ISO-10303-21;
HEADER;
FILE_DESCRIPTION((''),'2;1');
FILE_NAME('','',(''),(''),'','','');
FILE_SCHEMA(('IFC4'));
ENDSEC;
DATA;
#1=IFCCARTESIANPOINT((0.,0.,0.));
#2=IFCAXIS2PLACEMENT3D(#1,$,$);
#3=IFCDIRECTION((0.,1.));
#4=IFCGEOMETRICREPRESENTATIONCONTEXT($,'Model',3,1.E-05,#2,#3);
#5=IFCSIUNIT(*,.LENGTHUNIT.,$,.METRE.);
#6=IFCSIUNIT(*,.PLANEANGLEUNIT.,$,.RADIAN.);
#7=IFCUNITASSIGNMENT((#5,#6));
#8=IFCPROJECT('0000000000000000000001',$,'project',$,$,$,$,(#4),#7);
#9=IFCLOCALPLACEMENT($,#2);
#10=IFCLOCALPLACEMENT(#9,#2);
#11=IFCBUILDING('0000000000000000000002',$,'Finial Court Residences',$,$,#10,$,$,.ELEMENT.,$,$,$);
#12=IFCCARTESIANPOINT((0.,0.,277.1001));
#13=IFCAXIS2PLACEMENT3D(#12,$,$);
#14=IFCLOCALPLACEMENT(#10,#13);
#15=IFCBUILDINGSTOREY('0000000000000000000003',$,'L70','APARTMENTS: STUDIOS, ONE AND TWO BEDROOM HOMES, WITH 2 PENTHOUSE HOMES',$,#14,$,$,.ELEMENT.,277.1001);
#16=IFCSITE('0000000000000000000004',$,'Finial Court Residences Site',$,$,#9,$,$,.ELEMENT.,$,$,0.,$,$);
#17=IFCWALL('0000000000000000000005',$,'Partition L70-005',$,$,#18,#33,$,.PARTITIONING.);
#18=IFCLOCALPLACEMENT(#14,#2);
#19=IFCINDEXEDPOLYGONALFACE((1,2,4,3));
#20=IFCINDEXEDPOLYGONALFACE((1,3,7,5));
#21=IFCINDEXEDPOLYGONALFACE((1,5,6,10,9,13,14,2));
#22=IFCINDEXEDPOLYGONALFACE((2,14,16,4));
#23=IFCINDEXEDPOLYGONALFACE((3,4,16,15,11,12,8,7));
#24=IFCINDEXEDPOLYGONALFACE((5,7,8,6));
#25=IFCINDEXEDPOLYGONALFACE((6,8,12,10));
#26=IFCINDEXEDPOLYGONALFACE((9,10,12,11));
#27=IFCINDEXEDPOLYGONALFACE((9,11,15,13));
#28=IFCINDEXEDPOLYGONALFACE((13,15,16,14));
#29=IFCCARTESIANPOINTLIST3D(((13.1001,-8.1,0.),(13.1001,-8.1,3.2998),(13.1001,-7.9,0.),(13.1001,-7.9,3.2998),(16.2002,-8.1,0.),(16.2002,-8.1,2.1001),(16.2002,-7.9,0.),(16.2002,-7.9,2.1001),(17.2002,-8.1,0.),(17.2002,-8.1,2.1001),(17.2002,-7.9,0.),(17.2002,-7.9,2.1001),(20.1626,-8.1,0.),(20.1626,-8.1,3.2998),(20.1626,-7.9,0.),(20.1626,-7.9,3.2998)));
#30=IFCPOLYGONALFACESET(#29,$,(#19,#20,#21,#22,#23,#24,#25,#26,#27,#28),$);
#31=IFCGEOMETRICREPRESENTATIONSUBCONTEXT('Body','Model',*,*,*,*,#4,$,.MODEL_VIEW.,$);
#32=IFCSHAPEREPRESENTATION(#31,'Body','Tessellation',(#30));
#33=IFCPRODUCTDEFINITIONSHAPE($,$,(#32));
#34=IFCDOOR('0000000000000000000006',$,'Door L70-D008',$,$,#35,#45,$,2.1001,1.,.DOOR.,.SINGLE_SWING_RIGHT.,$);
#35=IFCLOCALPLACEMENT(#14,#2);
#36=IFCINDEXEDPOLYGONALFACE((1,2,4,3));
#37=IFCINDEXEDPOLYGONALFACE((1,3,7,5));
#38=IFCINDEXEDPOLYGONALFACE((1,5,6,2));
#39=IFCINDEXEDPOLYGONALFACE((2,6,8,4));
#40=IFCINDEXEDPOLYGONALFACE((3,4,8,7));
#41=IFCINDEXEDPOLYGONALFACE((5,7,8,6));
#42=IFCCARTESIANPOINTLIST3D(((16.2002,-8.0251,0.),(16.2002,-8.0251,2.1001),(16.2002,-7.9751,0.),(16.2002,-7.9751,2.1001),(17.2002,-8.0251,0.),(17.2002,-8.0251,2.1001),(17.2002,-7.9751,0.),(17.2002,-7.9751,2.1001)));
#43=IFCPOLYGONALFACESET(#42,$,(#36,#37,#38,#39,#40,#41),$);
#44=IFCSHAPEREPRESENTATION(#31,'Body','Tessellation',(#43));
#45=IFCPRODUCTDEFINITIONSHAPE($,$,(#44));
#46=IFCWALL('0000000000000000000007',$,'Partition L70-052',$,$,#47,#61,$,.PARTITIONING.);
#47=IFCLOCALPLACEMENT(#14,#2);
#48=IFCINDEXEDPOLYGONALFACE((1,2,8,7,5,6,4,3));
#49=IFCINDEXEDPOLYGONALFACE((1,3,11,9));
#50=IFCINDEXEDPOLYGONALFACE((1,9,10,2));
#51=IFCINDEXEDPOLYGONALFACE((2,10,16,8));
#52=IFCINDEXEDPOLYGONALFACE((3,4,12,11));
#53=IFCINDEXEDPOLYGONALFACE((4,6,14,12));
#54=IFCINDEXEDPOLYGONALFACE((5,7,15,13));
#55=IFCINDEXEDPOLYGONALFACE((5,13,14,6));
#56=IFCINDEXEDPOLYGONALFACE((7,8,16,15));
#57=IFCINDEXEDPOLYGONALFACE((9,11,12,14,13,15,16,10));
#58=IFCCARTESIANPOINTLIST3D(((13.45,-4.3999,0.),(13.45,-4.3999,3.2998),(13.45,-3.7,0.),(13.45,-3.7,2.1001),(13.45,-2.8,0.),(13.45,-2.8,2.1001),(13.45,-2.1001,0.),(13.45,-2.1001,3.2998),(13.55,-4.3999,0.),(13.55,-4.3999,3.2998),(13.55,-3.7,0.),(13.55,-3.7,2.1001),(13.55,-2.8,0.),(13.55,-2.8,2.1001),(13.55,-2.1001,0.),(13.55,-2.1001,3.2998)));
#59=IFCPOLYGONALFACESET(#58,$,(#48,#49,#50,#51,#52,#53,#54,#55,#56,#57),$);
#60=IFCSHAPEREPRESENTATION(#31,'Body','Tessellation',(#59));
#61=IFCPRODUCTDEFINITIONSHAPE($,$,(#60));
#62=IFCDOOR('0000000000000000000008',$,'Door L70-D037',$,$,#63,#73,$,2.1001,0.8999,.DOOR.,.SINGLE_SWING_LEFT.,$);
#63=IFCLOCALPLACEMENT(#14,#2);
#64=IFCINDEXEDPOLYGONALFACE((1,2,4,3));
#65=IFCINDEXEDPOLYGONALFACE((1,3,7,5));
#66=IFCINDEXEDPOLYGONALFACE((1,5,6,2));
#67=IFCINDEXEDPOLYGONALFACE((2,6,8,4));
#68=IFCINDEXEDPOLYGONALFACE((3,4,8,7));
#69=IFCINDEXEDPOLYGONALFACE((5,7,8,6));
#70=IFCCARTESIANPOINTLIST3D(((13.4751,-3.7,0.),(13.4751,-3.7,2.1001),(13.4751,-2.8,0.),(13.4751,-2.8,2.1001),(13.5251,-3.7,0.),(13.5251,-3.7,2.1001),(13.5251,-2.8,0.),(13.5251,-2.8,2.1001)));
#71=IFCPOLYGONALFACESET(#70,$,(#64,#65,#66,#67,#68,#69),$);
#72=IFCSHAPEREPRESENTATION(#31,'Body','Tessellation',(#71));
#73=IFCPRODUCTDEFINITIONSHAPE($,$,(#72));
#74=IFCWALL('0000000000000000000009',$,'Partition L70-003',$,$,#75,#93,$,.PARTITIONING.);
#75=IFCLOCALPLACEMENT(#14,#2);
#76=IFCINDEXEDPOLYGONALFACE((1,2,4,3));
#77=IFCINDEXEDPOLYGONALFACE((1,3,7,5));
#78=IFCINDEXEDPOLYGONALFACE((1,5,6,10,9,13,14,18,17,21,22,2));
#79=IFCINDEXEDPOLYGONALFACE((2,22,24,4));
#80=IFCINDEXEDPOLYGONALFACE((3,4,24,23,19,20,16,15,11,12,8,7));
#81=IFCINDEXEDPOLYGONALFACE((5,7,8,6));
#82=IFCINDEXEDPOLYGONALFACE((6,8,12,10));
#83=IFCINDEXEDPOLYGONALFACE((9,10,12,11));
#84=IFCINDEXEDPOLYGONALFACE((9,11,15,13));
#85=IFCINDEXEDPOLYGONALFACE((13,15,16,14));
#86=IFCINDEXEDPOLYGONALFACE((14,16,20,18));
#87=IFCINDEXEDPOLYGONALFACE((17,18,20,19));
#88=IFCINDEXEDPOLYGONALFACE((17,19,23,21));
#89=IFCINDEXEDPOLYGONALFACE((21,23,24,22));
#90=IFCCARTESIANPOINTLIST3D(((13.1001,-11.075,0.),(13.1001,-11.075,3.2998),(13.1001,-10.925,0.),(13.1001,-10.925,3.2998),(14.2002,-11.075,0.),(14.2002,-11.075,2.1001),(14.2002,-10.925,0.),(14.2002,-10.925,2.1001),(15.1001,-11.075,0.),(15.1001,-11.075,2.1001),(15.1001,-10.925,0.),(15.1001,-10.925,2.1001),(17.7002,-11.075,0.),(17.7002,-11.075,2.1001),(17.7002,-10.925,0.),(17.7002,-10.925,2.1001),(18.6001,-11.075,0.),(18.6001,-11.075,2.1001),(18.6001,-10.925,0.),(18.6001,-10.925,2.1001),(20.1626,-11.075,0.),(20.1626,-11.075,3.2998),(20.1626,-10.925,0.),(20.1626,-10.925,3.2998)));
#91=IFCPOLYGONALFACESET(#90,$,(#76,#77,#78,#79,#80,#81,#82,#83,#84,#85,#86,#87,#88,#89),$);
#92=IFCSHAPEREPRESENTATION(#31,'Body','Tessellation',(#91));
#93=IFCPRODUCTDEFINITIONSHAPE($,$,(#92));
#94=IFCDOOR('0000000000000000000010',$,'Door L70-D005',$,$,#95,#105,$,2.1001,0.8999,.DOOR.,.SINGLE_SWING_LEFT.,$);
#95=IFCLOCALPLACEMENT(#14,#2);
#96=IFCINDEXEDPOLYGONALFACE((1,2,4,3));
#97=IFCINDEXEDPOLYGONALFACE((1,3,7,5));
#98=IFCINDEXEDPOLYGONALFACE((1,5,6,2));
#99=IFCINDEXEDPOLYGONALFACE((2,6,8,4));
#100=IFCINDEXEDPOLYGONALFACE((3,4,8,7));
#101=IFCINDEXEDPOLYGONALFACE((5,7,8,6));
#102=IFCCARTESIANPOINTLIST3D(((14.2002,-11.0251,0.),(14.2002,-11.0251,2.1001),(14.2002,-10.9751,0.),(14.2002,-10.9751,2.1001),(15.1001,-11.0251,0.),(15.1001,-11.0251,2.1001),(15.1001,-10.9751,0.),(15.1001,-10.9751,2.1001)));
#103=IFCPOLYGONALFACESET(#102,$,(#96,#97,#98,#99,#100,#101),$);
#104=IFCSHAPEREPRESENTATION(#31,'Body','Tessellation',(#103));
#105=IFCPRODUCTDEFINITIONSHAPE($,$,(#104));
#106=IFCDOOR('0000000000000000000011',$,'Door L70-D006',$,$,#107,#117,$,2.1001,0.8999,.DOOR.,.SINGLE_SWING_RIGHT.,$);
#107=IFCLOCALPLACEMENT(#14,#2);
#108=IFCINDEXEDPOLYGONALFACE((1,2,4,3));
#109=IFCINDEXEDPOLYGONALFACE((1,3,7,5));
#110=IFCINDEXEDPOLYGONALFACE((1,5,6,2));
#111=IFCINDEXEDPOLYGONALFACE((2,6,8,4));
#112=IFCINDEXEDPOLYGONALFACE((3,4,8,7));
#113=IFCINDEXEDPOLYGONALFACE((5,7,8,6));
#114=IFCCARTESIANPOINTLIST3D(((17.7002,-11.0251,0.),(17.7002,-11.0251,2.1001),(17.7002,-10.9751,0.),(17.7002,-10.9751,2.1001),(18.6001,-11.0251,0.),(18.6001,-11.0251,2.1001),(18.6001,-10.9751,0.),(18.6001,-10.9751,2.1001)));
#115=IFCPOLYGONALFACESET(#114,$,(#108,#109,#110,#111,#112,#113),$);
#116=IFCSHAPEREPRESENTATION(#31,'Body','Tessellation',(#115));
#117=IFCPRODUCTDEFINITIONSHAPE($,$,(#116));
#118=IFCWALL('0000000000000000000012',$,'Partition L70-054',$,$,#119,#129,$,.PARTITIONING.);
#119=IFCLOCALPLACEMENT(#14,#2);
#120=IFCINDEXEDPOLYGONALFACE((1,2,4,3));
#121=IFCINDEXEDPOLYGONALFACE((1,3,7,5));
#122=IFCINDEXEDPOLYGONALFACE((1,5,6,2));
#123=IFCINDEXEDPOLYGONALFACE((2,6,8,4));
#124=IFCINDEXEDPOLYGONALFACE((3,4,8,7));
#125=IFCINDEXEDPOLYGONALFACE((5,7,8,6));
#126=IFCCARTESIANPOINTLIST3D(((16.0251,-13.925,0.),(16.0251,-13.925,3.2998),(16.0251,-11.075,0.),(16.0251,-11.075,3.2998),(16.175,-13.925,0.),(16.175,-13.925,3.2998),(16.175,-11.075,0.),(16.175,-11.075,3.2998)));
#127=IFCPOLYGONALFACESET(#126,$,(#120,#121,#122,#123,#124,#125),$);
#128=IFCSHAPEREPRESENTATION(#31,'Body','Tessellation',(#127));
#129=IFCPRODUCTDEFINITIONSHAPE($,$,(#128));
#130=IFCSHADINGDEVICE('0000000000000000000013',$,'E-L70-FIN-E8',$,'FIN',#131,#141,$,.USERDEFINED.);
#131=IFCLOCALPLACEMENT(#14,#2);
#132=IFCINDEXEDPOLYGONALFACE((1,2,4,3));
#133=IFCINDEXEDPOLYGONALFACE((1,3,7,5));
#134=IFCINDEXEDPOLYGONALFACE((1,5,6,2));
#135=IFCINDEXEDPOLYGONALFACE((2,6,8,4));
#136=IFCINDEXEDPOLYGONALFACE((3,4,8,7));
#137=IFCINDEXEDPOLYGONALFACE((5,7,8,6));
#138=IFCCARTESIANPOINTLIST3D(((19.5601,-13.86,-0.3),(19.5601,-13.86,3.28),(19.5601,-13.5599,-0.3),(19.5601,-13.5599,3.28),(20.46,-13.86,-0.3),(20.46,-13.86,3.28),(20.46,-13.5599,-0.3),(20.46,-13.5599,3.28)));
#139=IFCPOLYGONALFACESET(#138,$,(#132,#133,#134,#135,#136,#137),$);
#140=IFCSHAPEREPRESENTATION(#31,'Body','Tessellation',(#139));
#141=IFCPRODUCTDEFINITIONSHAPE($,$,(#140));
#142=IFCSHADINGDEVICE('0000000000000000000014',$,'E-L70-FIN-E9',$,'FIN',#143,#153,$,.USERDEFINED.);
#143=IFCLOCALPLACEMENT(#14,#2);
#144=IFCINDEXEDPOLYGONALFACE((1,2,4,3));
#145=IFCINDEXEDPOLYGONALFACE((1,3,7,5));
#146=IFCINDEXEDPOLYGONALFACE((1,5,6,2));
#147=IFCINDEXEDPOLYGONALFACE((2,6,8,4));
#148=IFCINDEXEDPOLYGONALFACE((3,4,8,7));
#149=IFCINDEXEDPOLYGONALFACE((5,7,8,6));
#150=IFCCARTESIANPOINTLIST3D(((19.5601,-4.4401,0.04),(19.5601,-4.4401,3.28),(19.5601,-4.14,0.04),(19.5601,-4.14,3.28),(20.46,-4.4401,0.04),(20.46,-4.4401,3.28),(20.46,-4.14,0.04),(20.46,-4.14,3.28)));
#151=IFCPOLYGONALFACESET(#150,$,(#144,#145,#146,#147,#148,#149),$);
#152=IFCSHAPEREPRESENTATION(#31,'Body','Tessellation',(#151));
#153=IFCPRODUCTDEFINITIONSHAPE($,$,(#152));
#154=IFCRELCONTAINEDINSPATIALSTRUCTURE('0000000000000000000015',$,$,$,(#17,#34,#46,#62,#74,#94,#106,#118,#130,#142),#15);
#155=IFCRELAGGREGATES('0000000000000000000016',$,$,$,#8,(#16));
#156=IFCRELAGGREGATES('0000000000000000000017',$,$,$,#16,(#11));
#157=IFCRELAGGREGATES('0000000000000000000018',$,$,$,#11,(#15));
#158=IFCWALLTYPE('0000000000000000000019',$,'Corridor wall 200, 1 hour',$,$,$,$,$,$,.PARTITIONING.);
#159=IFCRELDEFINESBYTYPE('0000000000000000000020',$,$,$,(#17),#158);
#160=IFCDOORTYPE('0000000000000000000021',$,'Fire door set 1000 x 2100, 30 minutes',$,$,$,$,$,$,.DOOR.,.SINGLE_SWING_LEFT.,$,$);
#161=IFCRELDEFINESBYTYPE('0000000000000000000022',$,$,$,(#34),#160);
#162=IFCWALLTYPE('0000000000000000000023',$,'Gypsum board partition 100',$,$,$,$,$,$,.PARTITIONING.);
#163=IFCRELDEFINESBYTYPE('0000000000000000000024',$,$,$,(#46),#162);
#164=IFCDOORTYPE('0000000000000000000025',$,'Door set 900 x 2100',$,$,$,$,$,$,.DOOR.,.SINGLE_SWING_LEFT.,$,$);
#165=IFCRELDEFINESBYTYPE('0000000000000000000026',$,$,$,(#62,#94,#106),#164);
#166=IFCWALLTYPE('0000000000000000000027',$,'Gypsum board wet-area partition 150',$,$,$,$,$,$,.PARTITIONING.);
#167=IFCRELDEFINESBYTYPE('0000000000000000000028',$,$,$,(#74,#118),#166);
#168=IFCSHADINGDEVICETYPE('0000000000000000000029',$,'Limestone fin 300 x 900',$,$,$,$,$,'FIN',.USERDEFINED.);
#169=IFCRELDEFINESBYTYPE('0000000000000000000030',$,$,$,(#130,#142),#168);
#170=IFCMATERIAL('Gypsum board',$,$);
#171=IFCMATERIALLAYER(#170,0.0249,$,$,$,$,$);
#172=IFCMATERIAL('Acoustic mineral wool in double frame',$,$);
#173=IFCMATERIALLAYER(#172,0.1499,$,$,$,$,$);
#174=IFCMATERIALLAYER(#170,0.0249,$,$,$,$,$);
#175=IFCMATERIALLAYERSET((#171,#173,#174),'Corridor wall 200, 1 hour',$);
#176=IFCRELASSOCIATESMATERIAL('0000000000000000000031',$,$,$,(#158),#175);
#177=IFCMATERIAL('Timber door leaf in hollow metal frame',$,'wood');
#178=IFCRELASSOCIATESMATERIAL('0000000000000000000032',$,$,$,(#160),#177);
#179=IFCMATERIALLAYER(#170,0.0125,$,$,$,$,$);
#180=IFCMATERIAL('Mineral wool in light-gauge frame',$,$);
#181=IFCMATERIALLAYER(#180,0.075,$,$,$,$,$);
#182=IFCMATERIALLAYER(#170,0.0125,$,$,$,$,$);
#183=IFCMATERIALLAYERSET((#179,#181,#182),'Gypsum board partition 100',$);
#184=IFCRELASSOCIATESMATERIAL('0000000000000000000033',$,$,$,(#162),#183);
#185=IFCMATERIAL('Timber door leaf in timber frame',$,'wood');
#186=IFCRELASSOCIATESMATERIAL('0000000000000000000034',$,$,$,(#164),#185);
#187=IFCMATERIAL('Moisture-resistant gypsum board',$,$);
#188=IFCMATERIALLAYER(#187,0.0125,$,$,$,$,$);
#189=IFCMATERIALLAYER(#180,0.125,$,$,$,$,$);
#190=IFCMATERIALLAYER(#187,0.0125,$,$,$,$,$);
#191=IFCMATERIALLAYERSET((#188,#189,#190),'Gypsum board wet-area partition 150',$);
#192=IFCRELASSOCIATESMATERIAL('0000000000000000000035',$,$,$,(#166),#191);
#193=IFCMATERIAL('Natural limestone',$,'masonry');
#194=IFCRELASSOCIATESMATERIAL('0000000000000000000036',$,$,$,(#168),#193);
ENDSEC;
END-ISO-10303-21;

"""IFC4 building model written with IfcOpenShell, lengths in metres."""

from ifc_helpers import new_model, si_unit, direction, frame, frame_2d, origin, origin_2d, place, context, subcontext, project, spatial, rectangle, extrude, material, layer, layer_set, type_object, element, fill, save


model = new_model("IFC4")

# Units and contexts
model_context = context("Model", 3, precision=1e-05, world=origin(), true_north=direction((0.0, 1.0)))
body_context = subcontext(model_context, "Body", "Model", "MODEL_VIEW")
ifc_project = project(units=[si_unit("LENGTHUNIT", "METRE"), si_unit("PLANEANGLEUNIT", "RADIAN")], contexts=[model_context])

# Site, building, storey
site_placement = place(None, origin())
site = spatial("IfcSite", under=ifc_project, at=site_placement, Name="Finial Court Residences Site", CompositionType="ELEMENT", RefElevation=0.0)
building_placement = place(site_placement, origin())
building = spatial("IfcBuilding", under=site, at=building_placement, Name="Finial Court Residences", CompositionType="ELEMENT")
storey_placement = place(building_placement, frame((0.0, 0.0, 277.1001)))
storey = spatial("IfcBuildingStorey", under=building, at=storey_placement, Name="L70", Description="APARTMENTS: STUDIOS, ONE AND TWO BEDROOM HOMES, WITH 2 PENTHOUSE HOMES", CompositionType="ELEMENT", Elevation=277.1001)

# Walls, openings, doors
ifc_material_1 = material(Name="Gypsum board")
ifc_layer_1 = layer(ifc_material_1, 0.0249)
ifc_material_2 = material(Name="Acoustic mineral wool in double frame")
ifc_layer_2 = layer(ifc_material_2, 0.1499)
ifc_layer_3 = layer(ifc_material_1, 0.0249)
ifc_layer_set_1 = layer_set([ifc_layer_1, ifc_layer_2, ifc_layer_3], Name="Corridor wall 200, 1 hour")
wall_type_1 = type_object("IfcWallType", Name="Corridor wall 200, 1 hour", PredefinedType="PARTITIONING", material=ifc_layer_set_1)
wall_1_placement = place(storey_placement, frame((13.1001, -8.0, 0.0), z_axis=(0.0, 0.0, 1.0), x_axis=(1.0, 0.0, 0.0)))
wall_1 = element("IfcWall", 1, at=wall_1_placement, inside=storey, type_object=wall_type_1, Name="Partition L70-005", PredefinedType="PARTITIONING", context=body_context, shape_type="SweptSolid", body=[
    extrude(rectangle(XDim=7.0625, YDim=0.2, at=frame_2d((3.5312, 0.0))), origin(), (0.0, 0.0, 1.0), 3.2998),
])
opening_1_placement = place(wall_1_placement, frame((3.1001, 0.0, 0.0)))
opening_1 = element("IfcOpeningElement", 2, at=opening_1_placement, cuts=wall_1, PredefinedType="OPENING", context=body_context, shape_type="SweptSolid", body=[
    extrude(rectangle(XDim=1.0, YDim=2.1001, at=frame_2d((0.5, 1.05))), frame((0.0, 0.1099, 0.0), z_axis=(0.0, -1.0, 0.0), x_axis=(1.0, 0.0, 0.0)), (0.0, 0.0, 1.0), 0.22),
])
ifc_material_3 = material(Name="Timber door leaf in hollow metal frame", Category="wood")
door_type_1 = type_object("IfcDoorType", Name="Fire door set 1000 x 2100, 30 minutes", OperationType="SINGLE_SWING_LEFT", PredefinedType="DOOR", material=ifc_material_3)
door_1_placement = place(opening_1_placement, origin())
door_1 = element("IfcDoor", 3, at=door_1_placement, inside=storey, type_object=door_type_1, Name="Door L70-D008", OperationType="SINGLE_SWING_RIGHT", OverallHeight=2.1001, OverallWidth=1.0, PredefinedType="DOOR", context=body_context, shape_type="SweptSolid", body=[
    extrude(rectangle(XDim=1.0, YDim=2.1001, at=frame_2d((0.5, 1.05))), frame((0.0, 0.0249, 0.0), z_axis=(0.0, -1.0, 0.0), x_axis=(1.0, 0.0, 0.0)), (0.0, 0.0, 1.0), 0.05),
])
fill(opening_1, door_1)
ifc_layer_4 = layer(ifc_material_1, 0.0125)
ifc_material_4 = material(Name="Mineral wool in light-gauge frame")
ifc_layer_5 = layer(ifc_material_4, 0.075)
ifc_layer_6 = layer(ifc_material_1, 0.0125)
ifc_layer_set_2 = layer_set([ifc_layer_4, ifc_layer_5, ifc_layer_6], Name="Gypsum board partition 100")
wall_type_2 = type_object("IfcWallType", Name="Gypsum board partition 100", PredefinedType="PARTITIONING", material=ifc_layer_set_2)
wall_2_placement = place(storey_placement, frame((13.5, -4.3999, 0.0), z_axis=(0.0, 0.0, 1.0), x_axis=(0.0, 1.0, 0.0)))
wall_2 = element("IfcWall", 4, at=wall_2_placement, inside=storey, type_object=wall_type_2, Name="Partition L70-052", PredefinedType="PARTITIONING", context=body_context, shape_type="SweptSolid", body=[
    extrude(rectangle(XDim=2.2998, YDim=0.1001, at=frame_2d((1.1499, 0.0))), origin(), (0.0, 0.0, 1.0), 3.2998),
])
opening_2_placement = place(wall_2_placement, frame((0.7, 0.0, 0.0)))
opening_2 = element("IfcOpeningElement", 5, at=opening_2_placement, cuts=wall_2, PredefinedType="OPENING", context=body_context, shape_type="SweptSolid", body=[
    extrude(rectangle(XDim=0.8999, YDim=2.1001, at=frame_2d((0.45, 1.05))), frame((0.0, 0.0601, 0.0), z_axis=(0.0, -1.0, 0.0), x_axis=(1.0, 0.0, 0.0)), (0.0, 0.0, 1.0), 0.1201),
])
ifc_material_5 = material(Name="Timber door leaf in timber frame", Category="wood")
door_type_2 = type_object("IfcDoorType", Name="Door set 900 x 2100", OperationType="SINGLE_SWING_LEFT", PredefinedType="DOOR", material=ifc_material_5)
door_2_placement = place(opening_2_placement, origin())
door_2 = element("IfcDoor", 6, at=door_2_placement, inside=storey, type_object=door_type_2, Name="Door L70-D037", OperationType="SINGLE_SWING_LEFT", OverallHeight=2.1001, OverallWidth=0.8999, PredefinedType="DOOR", context=body_context, shape_type="SweptSolid", body=[
    extrude(rectangle(XDim=0.8999, YDim=2.1001, at=frame_2d((0.45, 1.05))), frame((0.0, 0.0249, 0.0), z_axis=(0.0, -1.0, 0.0), x_axis=(1.0, 0.0, 0.0)), (0.0, 0.0, 1.0), 0.05),
])
fill(opening_2, door_2)

# Wall, openings, doors
ifc_material_6 = material(Name="Moisture-resistant gypsum board")
ifc_layer_7 = layer(ifc_material_6, 0.0125)
ifc_layer_8 = layer(ifc_material_4, 0.125)
ifc_layer_9 = layer(ifc_material_6, 0.0125)
ifc_layer_set_3 = layer_set([ifc_layer_7, ifc_layer_8, ifc_layer_9], Name="Gypsum board wet-area partition 150")
wall_type_3 = type_object("IfcWallType", Name="Gypsum board wet-area partition 150", PredefinedType="PARTITIONING", material=ifc_layer_set_3)
wall_3_placement = place(storey_placement, frame((13.1001, -11.0, 0.0), z_axis=(0.0, 0.0, 1.0), x_axis=(1.0, 0.0, 0.0)))
wall_3 = element("IfcWall", 7, at=wall_3_placement, inside=storey, type_object=wall_type_3, Name="Partition L70-003", PredefinedType="PARTITIONING", context=body_context, shape_type="SweptSolid", body=[
    extrude(rectangle(XDim=7.0625, YDim=0.1499, at=frame_2d((3.5312, 0.0))), origin(), (0.0, 0.0, 1.0), 3.2998),
])
opening_3_placement = place(wall_3_placement, frame((1.1001, 0.0, 0.0)))
opening_3 = element("IfcOpeningElement", 8, at=opening_3_placement, cuts=wall_3, PredefinedType="OPENING", context=body_context, shape_type="SweptSolid", body=[
    extrude(rectangle(XDim=0.8999, YDim=2.1001, at=frame_2d((0.45, 1.05))), frame((0.0, 0.085, 0.0), z_axis=(0.0, -1.0, 0.0), x_axis=(1.0, 0.0, 0.0)), (0.0, 0.0, 1.0), 0.1699),
])
opening_4_placement = place(wall_3_placement, frame((4.6001, 0.0, 0.0)))
opening_4 = element("IfcOpeningElement", 9, at=opening_4_placement, cuts=wall_3, PredefinedType="OPENING", context=body_context, shape_type="SweptSolid", body=[
    extrude(rectangle(XDim=0.8999, YDim=2.1001, at=frame_2d((0.45, 1.05))), frame((0.0, 0.085, 0.0), z_axis=(0.0, -1.0, 0.0), x_axis=(1.0, 0.0, 0.0)), (0.0, 0.0, 1.0), 0.1699),
])
door_3_placement = place(opening_3_placement, origin())
door_3 = element("IfcDoor", 10, at=door_3_placement, inside=storey, type_object=door_type_2, Name="Door L70-D005", OperationType="SINGLE_SWING_LEFT", OverallHeight=2.1001, OverallWidth=0.8999, PredefinedType="DOOR", context=body_context, shape_type="SweptSolid", body=[
    extrude(rectangle(XDim=0.8999, YDim=2.1001, at=frame_2d((0.45, 1.05))), frame((0.0, 0.0249, 0.0), z_axis=(0.0, -1.0, 0.0), x_axis=(1.0, 0.0, 0.0)), (0.0, 0.0, 1.0), 0.05),
])
fill(opening_3, door_3)
door_4_placement = place(opening_4_placement, origin())
door_4 = element("IfcDoor", 11, at=door_4_placement, inside=storey, type_object=door_type_2, Name="Door L70-D006", OperationType="SINGLE_SWING_RIGHT", OverallHeight=2.1001, OverallWidth=0.8999, PredefinedType="DOOR", context=body_context, shape_type="SweptSolid", body=[
    extrude(rectangle(XDim=0.8999, YDim=2.1001, at=frame_2d((0.45, 1.05))), frame((0.0, 0.0249, 0.0), z_axis=(0.0, -1.0, 0.0), x_axis=(1.0, 0.0, 0.0)), (0.0, 0.0, 1.0), 0.05),
])
fill(opening_4, door_4)

# Wall
wall_4_placement = place(storey_placement, frame((16.1001, -13.925, 0.0), z_axis=(0.0, 0.0, 1.0), x_axis=(0.0, 1.0, 0.0)))
element("IfcWall", 12, at=wall_4_placement, inside=storey, type_object=wall_type_3, Name="Partition L70-054", PredefinedType="PARTITIONING", context=body_context, shape_type="SweptSolid", body=[
    extrude(rectangle(XDim=2.8501, YDim=0.1499, at=frame_2d((1.425, 0.0))), origin(), (0.0, 0.0, 1.0), 3.2998),
])

# Shading devices
ifc_material_7 = material(Name="Natural limestone", Category="masonry")
shading_device_type = type_object("IfcShadingDeviceType", Name="Limestone fin 300 x 900", ElementType="FIN", PredefinedType="USERDEFINED", material=ifc_material_7)
shading_device_1_placement = place(storey_placement, frame((20.01, -13.71, -0.3), z_axis=(0.0, 0.0, 1.0), x_axis=(1.0, 0.0, 0.0)))
element("IfcShadingDevice", 13, at=shading_device_1_placement, inside=storey, type_object=shading_device_type, Name="E-L70-FIN-E8", ObjectType="FIN", PredefinedType="USERDEFINED", context=body_context, shape_type="SweptSolid", body=[
    extrude(rectangle(XDim=0.8999, YDim=0.3, at=origin_2d()), origin(), (0.0, 0.0, 1.0), 3.5801),
])
shading_device_2_placement = place(storey_placement, frame((20.01, -4.29, 0.04), z_axis=(0.0, 0.0, 1.0), x_axis=(1.0, 0.0, 0.0)))
element("IfcShadingDevice", 14, at=shading_device_2_placement, inside=storey, type_object=shading_device_type, Name="E-L70-FIN-E9", ObjectType="FIN", PredefinedType="USERDEFINED", context=body_context, shape_type="SweptSolid", body=[
    extrude(rectangle(XDim=0.8999, YDim=0.3, at=origin_2d()), origin(), (0.0, 0.0, 1.0), 3.24),
])

save(model, "model.ifc")
